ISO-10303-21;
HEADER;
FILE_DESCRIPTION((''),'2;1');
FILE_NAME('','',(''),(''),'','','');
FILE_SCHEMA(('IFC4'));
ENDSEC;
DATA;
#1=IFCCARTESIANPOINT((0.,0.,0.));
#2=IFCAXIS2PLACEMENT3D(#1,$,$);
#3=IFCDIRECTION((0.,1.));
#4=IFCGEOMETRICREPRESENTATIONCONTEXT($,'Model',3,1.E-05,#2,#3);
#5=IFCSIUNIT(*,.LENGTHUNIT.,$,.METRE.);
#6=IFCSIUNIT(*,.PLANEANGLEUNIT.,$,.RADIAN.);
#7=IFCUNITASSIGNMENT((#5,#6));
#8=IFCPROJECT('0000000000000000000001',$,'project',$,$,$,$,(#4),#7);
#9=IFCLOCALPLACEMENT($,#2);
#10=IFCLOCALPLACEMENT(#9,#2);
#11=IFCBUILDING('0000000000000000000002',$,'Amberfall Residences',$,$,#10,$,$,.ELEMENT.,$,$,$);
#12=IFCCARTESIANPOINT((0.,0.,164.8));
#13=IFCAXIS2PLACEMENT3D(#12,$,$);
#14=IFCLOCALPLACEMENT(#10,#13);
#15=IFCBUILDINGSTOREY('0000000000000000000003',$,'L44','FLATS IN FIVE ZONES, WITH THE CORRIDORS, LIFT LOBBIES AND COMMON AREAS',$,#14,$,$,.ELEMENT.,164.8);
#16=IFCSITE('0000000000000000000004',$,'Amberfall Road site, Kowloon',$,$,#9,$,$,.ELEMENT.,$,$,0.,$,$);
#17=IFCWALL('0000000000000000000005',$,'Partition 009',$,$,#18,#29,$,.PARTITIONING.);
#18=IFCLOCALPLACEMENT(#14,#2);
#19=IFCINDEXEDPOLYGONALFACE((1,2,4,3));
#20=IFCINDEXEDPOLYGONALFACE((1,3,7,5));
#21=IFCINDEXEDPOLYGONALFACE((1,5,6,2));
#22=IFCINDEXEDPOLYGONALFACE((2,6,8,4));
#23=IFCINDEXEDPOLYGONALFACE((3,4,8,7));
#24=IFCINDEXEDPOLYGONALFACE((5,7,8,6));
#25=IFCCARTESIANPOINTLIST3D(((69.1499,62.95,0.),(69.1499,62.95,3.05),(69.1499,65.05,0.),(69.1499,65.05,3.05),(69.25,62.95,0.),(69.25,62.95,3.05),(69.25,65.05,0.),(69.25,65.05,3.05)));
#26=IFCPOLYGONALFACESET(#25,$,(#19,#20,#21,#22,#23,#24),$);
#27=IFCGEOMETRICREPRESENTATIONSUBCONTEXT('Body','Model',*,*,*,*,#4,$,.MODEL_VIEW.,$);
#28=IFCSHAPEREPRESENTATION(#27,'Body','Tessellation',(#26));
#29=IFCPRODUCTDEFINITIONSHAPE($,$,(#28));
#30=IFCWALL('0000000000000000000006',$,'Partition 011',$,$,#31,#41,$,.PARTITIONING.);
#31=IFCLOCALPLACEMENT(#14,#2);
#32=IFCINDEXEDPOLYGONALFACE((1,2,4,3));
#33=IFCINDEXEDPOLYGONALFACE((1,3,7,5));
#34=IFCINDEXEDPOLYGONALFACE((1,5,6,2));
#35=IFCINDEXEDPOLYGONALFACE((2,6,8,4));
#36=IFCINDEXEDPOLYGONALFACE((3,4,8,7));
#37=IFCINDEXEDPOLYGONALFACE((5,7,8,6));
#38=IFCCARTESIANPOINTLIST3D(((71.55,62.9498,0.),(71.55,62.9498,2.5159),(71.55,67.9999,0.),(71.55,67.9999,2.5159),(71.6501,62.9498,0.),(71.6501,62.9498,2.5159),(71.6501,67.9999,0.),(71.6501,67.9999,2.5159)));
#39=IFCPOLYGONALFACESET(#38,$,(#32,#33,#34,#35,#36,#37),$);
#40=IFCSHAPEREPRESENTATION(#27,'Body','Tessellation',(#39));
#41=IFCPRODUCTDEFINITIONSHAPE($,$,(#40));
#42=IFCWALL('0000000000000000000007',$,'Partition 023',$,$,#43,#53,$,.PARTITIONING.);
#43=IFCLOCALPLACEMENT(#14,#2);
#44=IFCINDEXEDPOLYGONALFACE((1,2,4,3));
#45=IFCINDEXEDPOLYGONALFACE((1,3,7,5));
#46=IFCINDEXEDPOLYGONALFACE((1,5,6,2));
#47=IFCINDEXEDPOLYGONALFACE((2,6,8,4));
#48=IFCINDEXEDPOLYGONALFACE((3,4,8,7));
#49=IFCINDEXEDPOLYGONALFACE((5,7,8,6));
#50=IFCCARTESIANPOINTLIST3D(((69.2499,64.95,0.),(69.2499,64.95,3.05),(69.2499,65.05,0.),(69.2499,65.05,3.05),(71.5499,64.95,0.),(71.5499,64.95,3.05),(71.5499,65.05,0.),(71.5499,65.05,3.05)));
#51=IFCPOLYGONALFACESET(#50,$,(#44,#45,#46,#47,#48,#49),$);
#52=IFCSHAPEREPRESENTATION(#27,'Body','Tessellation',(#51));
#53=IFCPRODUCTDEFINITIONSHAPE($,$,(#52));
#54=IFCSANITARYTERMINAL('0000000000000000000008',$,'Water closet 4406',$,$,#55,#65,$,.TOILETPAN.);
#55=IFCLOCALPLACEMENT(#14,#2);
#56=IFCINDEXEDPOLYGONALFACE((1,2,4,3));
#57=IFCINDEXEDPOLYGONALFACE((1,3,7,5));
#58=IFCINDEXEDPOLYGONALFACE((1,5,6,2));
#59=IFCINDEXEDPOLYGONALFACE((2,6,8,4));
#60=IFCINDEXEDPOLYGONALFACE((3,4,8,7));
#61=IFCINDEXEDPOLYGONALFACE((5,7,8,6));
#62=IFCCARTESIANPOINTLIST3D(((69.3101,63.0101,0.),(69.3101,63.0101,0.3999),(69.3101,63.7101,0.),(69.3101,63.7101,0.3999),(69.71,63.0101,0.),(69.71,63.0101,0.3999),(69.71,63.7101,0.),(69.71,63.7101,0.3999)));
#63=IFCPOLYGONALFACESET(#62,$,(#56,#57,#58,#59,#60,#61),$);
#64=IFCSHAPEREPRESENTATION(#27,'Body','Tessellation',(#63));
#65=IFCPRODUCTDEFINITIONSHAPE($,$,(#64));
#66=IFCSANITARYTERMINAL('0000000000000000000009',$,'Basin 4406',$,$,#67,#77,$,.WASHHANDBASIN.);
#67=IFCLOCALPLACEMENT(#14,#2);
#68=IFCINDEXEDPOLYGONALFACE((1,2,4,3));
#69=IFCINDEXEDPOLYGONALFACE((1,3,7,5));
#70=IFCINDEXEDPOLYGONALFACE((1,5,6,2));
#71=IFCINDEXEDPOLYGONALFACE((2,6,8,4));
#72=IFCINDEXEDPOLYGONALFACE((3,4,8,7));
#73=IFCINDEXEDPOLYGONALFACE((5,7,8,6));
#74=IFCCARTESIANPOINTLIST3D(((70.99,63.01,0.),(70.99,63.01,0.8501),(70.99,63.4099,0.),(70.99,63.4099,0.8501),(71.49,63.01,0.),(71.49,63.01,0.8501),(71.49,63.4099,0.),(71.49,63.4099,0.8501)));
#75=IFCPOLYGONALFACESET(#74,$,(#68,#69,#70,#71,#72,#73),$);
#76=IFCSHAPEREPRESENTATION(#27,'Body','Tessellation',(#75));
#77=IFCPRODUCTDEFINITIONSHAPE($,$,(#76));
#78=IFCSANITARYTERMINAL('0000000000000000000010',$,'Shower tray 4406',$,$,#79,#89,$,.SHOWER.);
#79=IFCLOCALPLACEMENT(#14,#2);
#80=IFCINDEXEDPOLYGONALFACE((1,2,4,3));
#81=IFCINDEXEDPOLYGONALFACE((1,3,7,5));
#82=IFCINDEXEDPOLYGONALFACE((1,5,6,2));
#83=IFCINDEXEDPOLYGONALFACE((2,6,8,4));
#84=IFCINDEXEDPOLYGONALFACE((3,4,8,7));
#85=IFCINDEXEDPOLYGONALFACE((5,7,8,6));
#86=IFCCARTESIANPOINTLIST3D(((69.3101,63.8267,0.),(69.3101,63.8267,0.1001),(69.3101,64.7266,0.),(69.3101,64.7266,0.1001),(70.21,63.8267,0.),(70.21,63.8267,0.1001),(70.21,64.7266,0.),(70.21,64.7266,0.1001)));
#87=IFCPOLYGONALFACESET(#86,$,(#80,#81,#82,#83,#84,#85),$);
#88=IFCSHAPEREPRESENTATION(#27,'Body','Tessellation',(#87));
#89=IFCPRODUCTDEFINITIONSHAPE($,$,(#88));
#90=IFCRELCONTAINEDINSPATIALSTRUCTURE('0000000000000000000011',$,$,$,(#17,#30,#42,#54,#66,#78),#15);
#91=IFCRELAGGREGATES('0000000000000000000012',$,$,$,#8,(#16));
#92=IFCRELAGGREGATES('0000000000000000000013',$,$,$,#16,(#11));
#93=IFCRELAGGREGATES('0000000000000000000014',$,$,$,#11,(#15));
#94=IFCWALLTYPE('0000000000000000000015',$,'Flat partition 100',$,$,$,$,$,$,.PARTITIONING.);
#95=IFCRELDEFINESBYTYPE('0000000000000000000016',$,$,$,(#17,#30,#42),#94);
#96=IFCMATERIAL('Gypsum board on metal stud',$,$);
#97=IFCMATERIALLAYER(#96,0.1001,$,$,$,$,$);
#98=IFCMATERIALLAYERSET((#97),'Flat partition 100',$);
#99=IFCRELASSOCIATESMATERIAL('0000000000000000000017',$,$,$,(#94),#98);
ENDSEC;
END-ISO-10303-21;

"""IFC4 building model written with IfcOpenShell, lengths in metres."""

from ifc_helpers import new_model, si_unit, direction, frame, frame_2d, origin, origin_2d, place, context, subcontext, project, spatial, rectangle, extrude, material, layer, layer_set, type_object, element, save


model = new_model("IFC4")

# Units and contexts
model_context = context("Model", 3, precision=1e-05, world=origin(), true_north=direction((0.0, 1.0)))
body_context = subcontext(model_context, "Body", "Model", "MODEL_VIEW")
ifc_project = project(units=[si_unit("LENGTHUNIT", "METRE"), si_unit("PLANEANGLEUNIT", "RADIAN")], contexts=[model_context])

# Site, building, storey
site_placement = place(None, origin())
site = spatial("IfcSite", under=ifc_project, at=site_placement, Name="Amberfall Road site, Kowloon", CompositionType="ELEMENT", RefElevation=0.0)
building_placement = place(site_placement, origin())
building = spatial("IfcBuilding", under=site, at=building_placement, Name="Amberfall Residences", CompositionType="ELEMENT")
storey_placement = place(building_placement, frame((0.0, 0.0, 164.8)))
storey = spatial("IfcBuildingStorey", under=building, at=storey_placement, Name="L44", Description="FLATS IN FIVE ZONES, WITH THE CORRIDORS, LIFT LOBBIES AND COMMON AREAS", CompositionType="ELEMENT", Elevation=164.8)

# Walls
ifc_material_1 = material(Name="Gypsum board on metal stud")
ifc_layer_1 = layer(ifc_material_1, 0.1001)
ifc_layer_set_1 = layer_set([ifc_layer_1], Name="Flat partition 100")
wall_type = type_object("IfcWallType", Name="Flat partition 100", PredefinedType="PARTITIONING", material=ifc_layer_set_1)
wall_1_placement = place(storey_placement, frame((69.2, 62.95, 0.0), z_axis=(0.0, 0.0, 1.0), x_axis=(0.0, 1.0, 0.0)))
element("IfcWall", 1, at=wall_1_placement, inside=storey, type_object=wall_type, Name="Partition 009", PredefinedType="PARTITIONING", context=body_context, shape_type="SweptSolid", body=[
    extrude(rectangle(XDim=2.1001, YDim=0.1001, at=frame_2d((1.05, 0.0))), origin(), (0.0, 0.0, 1.0), 3.05),
])
wall_2_placement = place(storey_placement, frame((71.6001, 62.95, 0.0), z_axis=(0.0, 0.0, 1.0), x_axis=(0.0, 1.0, 0.0)))
element("IfcWall", 2, at=wall_2_placement, inside=storey, type_object=wall_type, Name="Partition 011", PredefinedType="PARTITIONING", context=body_context, shape_type="SweptSolid", body=[
    extrude(rectangle(XDim=5.05, YDim=0.1001, at=frame_2d((2.5249, 0.0))), origin(), (0.0, 0.0, 1.0), 2.5159),
])
wall_3_placement = place(storey_placement, frame((69.25, 65.0, 0.0), z_axis=(0.0, 0.0, 1.0), x_axis=(1.0, 0.0, 0.0)))
element("IfcWall", 3, at=wall_3_placement, inside=storey, type_object=wall_type, Name="Partition 023", PredefinedType="PARTITIONING", context=body_context, shape_type="SweptSolid", body=[
    extrude(rectangle(XDim=2.3, YDim=0.1001, at=frame_2d((1.1499, 0.0))), origin(), (0.0, 0.0, 1.0), 3.05),
])

# Sanitary terminals
sanitary_terminal_1_placement = place(storey_placement, frame((69.51, 63.3601, 0.0), z_axis=(0.0, 0.0, 1.0), x_axis=(1.0, 0.0, 0.0)))
element("IfcSanitaryTerminal", 4, at=sanitary_terminal_1_placement, inside=storey, Name="Water closet 4406", PredefinedType="TOILETPAN", context=body_context, shape_type="SweptSolid", body=[
    extrude(rectangle(XDim=0.3999, YDim=0.7, at=origin_2d()), origin(), (0.0, 0.0, 1.0), 0.3999),
])
sanitary_terminal_2_placement = place(storey_placement, frame((71.24, 63.21, 0.0), z_axis=(0.0, 0.0, 1.0), x_axis=(1.0, 0.0, 0.0)))
element("IfcSanitaryTerminal", 5, at=sanitary_terminal_2_placement, inside=storey, Name="Basin 4406", PredefinedType="WASHHANDBASIN", context=body_context, shape_type="SweptSolid", body=[
    extrude(rectangle(XDim=0.5, YDim=0.3999, at=origin_2d()), origin(), (0.0, 0.0, 1.0), 0.8501),
])
sanitary_terminal_3_placement = place(storey_placement, frame((69.76, 64.2766, 0.0), z_axis=(0.0, 0.0, 1.0), x_axis=(1.0, 0.0, 0.0)))
element("IfcSanitaryTerminal", 6, at=sanitary_terminal_3_placement, inside=storey, Name="Shower tray 4406", PredefinedType="SHOWER", context=body_context, shape_type="SweptSolid", body=[
    extrude(rectangle(XDim=0.8999, YDim=0.8999, at=origin_2d()), origin(), (0.0, 0.0, 1.0), 0.1001),
])

save(model, "model.ifc")
